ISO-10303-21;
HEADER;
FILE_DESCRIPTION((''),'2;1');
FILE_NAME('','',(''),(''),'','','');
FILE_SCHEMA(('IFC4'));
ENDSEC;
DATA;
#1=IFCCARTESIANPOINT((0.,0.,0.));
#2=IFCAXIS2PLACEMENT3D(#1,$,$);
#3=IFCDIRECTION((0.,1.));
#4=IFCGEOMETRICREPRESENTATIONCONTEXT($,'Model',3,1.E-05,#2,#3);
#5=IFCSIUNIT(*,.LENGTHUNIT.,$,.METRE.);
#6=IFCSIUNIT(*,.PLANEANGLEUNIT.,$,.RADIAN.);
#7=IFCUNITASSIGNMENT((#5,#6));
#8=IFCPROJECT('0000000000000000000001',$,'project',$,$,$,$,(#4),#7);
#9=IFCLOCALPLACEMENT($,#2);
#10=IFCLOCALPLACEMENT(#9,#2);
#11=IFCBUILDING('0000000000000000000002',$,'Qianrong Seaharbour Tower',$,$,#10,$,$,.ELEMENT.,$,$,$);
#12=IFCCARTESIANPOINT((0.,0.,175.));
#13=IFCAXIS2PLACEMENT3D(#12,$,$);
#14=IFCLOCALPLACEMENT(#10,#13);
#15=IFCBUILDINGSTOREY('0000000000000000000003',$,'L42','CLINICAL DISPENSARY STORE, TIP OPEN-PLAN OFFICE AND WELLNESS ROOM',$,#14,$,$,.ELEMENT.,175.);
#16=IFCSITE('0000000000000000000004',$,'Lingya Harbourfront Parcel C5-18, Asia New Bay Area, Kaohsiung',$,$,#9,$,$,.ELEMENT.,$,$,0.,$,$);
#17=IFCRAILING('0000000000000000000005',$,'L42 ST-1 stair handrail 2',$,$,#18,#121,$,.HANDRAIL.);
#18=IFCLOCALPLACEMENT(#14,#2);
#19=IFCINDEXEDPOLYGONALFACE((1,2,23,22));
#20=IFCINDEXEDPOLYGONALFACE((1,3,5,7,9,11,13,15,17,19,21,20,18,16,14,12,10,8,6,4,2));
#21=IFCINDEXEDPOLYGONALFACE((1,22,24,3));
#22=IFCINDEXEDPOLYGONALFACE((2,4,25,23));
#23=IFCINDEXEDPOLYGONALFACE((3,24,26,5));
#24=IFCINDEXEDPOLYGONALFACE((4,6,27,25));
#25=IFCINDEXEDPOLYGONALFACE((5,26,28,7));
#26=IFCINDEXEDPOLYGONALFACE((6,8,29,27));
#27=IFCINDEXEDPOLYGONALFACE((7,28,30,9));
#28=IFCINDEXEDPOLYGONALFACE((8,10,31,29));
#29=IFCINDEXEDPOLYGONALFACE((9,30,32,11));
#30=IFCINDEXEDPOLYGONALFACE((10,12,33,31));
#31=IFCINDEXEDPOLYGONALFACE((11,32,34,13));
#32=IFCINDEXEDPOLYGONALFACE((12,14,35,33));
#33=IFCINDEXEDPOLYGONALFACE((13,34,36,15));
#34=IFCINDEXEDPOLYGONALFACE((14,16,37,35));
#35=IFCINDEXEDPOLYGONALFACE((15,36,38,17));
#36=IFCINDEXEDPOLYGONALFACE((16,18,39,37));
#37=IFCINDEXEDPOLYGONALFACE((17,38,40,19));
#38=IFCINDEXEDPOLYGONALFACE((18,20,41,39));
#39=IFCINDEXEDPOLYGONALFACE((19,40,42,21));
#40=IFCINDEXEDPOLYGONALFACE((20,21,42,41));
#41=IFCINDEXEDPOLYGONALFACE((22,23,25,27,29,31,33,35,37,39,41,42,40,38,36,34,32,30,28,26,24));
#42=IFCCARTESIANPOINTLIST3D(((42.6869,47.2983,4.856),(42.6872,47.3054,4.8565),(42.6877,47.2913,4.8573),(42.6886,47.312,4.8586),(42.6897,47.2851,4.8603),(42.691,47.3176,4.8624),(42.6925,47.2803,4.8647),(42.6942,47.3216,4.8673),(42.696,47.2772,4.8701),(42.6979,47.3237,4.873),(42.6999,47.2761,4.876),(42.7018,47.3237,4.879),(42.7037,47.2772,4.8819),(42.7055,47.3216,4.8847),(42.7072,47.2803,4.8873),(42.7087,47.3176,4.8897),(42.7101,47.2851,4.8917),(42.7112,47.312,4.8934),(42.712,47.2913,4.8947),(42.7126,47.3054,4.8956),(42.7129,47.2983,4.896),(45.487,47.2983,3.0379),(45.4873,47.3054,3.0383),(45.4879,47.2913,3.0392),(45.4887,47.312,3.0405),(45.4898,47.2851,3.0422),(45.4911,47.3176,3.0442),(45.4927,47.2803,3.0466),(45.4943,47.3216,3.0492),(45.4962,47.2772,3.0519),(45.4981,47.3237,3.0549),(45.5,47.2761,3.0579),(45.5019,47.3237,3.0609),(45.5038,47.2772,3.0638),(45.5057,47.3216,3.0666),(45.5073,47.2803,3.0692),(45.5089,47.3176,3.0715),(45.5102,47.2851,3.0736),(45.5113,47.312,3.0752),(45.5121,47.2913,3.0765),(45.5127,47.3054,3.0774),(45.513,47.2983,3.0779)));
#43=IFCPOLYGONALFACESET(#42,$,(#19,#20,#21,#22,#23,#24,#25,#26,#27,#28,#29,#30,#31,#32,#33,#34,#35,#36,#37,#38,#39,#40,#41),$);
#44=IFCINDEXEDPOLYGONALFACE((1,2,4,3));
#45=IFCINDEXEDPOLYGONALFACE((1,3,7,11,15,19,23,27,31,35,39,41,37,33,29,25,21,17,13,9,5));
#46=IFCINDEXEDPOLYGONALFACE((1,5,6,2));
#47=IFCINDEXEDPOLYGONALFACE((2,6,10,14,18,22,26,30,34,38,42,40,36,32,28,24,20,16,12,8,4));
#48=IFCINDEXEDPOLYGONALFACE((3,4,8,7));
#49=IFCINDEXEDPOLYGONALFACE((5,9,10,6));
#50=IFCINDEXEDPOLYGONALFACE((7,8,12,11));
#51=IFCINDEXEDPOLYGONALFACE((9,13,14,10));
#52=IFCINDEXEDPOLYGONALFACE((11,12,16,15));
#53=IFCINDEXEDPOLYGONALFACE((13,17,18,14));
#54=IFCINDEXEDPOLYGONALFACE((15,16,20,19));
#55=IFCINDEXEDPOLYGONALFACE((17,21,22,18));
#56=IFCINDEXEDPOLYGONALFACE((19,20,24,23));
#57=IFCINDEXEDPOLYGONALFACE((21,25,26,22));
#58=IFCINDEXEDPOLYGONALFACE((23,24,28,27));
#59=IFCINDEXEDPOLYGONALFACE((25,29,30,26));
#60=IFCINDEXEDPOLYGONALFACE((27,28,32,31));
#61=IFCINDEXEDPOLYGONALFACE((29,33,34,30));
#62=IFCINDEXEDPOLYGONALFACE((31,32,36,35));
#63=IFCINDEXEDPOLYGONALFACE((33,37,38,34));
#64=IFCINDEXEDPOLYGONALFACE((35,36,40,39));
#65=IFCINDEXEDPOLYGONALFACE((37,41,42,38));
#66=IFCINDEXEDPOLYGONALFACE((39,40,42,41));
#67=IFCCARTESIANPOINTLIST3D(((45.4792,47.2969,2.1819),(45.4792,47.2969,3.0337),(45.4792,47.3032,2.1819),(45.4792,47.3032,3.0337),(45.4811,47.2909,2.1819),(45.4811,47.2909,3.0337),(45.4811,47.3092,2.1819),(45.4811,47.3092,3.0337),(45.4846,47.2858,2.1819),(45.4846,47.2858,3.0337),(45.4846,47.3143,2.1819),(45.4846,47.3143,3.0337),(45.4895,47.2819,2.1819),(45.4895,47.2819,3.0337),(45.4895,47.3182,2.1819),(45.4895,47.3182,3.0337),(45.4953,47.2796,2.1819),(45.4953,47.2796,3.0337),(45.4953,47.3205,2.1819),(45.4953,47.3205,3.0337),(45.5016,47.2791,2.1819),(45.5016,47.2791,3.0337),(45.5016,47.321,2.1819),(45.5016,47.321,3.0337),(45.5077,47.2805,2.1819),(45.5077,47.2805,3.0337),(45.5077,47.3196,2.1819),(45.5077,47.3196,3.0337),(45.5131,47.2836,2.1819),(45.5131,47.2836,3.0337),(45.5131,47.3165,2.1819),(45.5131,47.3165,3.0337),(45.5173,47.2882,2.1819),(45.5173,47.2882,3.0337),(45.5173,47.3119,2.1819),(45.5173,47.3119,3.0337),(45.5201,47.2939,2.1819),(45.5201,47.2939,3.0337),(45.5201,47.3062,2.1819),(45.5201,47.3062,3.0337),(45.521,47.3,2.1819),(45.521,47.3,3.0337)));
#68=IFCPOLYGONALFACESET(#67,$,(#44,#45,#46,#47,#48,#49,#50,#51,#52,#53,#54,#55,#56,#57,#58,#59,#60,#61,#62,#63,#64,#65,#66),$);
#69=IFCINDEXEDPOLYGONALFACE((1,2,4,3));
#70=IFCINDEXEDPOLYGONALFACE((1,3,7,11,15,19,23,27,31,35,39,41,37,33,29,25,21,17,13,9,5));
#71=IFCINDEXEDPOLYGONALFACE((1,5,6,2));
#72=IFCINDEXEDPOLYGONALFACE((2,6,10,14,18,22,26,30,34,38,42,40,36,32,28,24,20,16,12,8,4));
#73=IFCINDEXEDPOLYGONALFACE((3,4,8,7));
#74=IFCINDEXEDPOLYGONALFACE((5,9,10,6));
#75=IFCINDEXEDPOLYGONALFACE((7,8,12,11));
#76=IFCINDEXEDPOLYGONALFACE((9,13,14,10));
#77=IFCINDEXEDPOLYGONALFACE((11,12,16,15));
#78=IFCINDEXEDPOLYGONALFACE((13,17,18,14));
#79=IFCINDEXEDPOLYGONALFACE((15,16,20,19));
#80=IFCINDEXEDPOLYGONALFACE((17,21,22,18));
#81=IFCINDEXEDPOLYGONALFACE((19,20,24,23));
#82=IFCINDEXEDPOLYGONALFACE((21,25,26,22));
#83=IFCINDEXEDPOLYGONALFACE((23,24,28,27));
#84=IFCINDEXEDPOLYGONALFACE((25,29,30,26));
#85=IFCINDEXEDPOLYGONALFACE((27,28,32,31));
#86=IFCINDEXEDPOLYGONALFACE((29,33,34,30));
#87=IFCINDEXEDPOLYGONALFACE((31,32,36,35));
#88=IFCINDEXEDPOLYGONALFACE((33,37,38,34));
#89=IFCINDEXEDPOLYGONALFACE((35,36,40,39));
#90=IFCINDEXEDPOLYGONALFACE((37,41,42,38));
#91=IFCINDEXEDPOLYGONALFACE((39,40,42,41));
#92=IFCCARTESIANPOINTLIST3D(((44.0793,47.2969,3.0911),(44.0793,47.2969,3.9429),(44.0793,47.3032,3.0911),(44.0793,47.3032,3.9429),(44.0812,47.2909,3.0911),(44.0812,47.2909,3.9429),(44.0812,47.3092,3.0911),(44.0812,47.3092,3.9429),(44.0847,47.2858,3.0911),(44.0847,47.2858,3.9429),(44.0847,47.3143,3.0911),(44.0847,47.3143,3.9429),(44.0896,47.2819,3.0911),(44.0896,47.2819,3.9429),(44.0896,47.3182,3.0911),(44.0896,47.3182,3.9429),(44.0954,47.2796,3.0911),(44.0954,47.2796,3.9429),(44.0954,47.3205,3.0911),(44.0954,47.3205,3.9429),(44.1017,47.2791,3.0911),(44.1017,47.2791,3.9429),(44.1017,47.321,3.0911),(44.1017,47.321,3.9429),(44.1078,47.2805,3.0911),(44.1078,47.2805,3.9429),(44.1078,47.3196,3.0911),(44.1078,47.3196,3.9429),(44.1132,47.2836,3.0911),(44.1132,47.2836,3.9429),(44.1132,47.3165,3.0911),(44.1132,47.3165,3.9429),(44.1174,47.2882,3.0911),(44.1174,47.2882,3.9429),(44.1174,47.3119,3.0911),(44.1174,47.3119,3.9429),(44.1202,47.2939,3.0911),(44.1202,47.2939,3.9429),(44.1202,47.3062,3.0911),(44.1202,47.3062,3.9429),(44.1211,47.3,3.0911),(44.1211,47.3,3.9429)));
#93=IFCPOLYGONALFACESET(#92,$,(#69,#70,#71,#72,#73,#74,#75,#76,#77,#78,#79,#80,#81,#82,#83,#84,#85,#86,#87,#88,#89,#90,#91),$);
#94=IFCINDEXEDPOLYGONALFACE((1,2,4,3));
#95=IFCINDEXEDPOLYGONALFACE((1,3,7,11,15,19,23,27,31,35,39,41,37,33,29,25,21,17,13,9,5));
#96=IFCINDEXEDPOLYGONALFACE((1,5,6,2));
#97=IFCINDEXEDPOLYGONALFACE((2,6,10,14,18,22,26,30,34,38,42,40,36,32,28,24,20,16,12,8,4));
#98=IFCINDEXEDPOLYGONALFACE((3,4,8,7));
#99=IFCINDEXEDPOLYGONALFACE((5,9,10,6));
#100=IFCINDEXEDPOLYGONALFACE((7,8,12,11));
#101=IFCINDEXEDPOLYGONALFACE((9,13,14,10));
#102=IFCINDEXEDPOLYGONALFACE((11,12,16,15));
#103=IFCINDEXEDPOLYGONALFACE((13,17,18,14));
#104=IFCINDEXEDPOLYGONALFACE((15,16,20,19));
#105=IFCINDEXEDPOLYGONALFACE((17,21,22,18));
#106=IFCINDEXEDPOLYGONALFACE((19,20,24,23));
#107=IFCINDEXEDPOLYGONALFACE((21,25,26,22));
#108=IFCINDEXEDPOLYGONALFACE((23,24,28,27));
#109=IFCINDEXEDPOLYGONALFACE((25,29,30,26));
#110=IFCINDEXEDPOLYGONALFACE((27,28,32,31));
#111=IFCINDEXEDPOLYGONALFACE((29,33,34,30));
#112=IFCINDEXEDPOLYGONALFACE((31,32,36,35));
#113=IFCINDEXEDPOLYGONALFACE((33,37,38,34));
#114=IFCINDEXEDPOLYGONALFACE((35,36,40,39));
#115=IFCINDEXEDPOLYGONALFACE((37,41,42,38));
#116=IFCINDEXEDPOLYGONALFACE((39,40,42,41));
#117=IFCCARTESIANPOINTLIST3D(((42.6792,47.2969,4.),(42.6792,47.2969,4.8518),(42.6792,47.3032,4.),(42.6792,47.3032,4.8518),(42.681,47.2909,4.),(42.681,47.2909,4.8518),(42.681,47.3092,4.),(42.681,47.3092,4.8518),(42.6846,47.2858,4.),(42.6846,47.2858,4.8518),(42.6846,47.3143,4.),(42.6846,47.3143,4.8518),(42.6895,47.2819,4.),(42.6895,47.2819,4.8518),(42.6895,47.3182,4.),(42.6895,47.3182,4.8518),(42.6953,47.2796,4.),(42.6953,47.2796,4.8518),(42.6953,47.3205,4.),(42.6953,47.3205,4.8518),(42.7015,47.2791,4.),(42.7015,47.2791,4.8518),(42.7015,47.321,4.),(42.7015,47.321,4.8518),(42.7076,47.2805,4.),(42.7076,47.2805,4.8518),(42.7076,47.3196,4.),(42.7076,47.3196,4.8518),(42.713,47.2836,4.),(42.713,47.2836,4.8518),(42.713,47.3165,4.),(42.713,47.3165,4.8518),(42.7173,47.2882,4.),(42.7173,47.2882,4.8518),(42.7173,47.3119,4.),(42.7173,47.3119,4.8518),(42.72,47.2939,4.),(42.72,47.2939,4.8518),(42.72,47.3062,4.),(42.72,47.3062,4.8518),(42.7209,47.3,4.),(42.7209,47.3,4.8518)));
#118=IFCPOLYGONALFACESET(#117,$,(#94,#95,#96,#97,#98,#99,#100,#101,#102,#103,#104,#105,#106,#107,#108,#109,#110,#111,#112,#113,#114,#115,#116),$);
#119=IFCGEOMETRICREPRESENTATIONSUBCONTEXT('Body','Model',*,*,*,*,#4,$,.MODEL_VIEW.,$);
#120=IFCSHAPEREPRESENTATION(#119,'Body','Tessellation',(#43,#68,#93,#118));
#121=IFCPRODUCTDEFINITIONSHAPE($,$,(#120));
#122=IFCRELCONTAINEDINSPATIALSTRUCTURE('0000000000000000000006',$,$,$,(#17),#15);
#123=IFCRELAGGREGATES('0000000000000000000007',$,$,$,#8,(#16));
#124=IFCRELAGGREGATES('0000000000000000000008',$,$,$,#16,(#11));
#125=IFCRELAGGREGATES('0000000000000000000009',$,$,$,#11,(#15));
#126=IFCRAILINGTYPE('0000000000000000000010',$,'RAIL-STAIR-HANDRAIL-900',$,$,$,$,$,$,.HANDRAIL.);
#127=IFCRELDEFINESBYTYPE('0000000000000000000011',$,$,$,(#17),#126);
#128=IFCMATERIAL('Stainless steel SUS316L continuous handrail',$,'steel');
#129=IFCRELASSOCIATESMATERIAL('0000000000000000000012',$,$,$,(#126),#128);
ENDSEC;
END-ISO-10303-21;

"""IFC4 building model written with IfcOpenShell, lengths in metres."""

from ifc_helpers import new_model, si_unit, direction, frame, origin, origin_2d, place, context, subcontext, project, spatial, circle, extrude, material, type_object, element, save


model = new_model("IFC4")

# Units and contexts
model_context = context("Model", 3, precision=1e-05, world=origin(), true_north=direction((0.0, 1.0)))
body_context = subcontext(model_context, "Body", "Model", "MODEL_VIEW")
ifc_project = project(units=[si_unit("LENGTHUNIT", "METRE"), si_unit("PLANEANGLEUNIT", "RADIAN")], contexts=[model_context])

# Site, building, storey
site_placement = place(None, origin())
site = spatial("IfcSite", under=ifc_project, at=site_placement, Name="Lingya Harbourfront Parcel C5-18, Asia New Bay Area, Kaohsiung", CompositionType="ELEMENT", RefElevation=0.0)
building_placement = place(site_placement, origin())
building = spatial("IfcBuilding", under=site, at=building_placement, Name="Qianrong Seaharbour Tower", CompositionType="ELEMENT")
storey_placement = place(building_placement, frame((0.0, 0.0, 175.0)))
storey = spatial("IfcBuildingStorey", under=building, at=storey_placement, Name="L42", Description="CLINICAL DISPENSARY STORE, TIP OPEN-PLAN OFFICE AND WELLNESS ROOM", CompositionType="ELEMENT", Elevation=175.0)

# Railing
ifc_material_1 = material(Name="Stainless steel SUS316L continuous handrail", Category="steel")
railing_type_1 = type_object("IfcRailingType", Name="RAIL-STAIR-HANDRAIL-900", PredefinedType="HANDRAIL", material=ifc_material_1)
railing_1_placement = place(storey_placement, frame((45.5, 47.3, 2.1819)))
element("IfcRailing", 1, at=railing_1_placement, inside=storey, type_object=railing_type_1, Name="L42 ST-1 stair handrail 2", PredefinedType="HANDRAIL", context=body_context, shape_type="SweptSolid", body=[
    extrude(circle(Radius=0.0239, at=origin_2d()), frame((0.0, 0.0, 0.876), z_axis=(-0.838706, 0.0, 0.544585), x_axis=(0.0, -1.0, 0.0)), (0.0, 0.0, 1.0), 3.3386),
    extrude(circle(Radius=0.021, at=origin_2d()), origin(), (0.0, 0.0, 1.0), 0.8518),
    extrude(circle(Radius=0.021, at=origin_2d()), frame((-1.3999, 0.0, 0.9092)), (0.0, 0.0, 1.0), 0.8518),
    extrude(circle(Radius=0.021, at=origin_2d()), frame((-2.8, 0.0, 1.8181)), (0.0, 0.0, 1.0), 0.8518),
])

save(model, "model.ifc")
